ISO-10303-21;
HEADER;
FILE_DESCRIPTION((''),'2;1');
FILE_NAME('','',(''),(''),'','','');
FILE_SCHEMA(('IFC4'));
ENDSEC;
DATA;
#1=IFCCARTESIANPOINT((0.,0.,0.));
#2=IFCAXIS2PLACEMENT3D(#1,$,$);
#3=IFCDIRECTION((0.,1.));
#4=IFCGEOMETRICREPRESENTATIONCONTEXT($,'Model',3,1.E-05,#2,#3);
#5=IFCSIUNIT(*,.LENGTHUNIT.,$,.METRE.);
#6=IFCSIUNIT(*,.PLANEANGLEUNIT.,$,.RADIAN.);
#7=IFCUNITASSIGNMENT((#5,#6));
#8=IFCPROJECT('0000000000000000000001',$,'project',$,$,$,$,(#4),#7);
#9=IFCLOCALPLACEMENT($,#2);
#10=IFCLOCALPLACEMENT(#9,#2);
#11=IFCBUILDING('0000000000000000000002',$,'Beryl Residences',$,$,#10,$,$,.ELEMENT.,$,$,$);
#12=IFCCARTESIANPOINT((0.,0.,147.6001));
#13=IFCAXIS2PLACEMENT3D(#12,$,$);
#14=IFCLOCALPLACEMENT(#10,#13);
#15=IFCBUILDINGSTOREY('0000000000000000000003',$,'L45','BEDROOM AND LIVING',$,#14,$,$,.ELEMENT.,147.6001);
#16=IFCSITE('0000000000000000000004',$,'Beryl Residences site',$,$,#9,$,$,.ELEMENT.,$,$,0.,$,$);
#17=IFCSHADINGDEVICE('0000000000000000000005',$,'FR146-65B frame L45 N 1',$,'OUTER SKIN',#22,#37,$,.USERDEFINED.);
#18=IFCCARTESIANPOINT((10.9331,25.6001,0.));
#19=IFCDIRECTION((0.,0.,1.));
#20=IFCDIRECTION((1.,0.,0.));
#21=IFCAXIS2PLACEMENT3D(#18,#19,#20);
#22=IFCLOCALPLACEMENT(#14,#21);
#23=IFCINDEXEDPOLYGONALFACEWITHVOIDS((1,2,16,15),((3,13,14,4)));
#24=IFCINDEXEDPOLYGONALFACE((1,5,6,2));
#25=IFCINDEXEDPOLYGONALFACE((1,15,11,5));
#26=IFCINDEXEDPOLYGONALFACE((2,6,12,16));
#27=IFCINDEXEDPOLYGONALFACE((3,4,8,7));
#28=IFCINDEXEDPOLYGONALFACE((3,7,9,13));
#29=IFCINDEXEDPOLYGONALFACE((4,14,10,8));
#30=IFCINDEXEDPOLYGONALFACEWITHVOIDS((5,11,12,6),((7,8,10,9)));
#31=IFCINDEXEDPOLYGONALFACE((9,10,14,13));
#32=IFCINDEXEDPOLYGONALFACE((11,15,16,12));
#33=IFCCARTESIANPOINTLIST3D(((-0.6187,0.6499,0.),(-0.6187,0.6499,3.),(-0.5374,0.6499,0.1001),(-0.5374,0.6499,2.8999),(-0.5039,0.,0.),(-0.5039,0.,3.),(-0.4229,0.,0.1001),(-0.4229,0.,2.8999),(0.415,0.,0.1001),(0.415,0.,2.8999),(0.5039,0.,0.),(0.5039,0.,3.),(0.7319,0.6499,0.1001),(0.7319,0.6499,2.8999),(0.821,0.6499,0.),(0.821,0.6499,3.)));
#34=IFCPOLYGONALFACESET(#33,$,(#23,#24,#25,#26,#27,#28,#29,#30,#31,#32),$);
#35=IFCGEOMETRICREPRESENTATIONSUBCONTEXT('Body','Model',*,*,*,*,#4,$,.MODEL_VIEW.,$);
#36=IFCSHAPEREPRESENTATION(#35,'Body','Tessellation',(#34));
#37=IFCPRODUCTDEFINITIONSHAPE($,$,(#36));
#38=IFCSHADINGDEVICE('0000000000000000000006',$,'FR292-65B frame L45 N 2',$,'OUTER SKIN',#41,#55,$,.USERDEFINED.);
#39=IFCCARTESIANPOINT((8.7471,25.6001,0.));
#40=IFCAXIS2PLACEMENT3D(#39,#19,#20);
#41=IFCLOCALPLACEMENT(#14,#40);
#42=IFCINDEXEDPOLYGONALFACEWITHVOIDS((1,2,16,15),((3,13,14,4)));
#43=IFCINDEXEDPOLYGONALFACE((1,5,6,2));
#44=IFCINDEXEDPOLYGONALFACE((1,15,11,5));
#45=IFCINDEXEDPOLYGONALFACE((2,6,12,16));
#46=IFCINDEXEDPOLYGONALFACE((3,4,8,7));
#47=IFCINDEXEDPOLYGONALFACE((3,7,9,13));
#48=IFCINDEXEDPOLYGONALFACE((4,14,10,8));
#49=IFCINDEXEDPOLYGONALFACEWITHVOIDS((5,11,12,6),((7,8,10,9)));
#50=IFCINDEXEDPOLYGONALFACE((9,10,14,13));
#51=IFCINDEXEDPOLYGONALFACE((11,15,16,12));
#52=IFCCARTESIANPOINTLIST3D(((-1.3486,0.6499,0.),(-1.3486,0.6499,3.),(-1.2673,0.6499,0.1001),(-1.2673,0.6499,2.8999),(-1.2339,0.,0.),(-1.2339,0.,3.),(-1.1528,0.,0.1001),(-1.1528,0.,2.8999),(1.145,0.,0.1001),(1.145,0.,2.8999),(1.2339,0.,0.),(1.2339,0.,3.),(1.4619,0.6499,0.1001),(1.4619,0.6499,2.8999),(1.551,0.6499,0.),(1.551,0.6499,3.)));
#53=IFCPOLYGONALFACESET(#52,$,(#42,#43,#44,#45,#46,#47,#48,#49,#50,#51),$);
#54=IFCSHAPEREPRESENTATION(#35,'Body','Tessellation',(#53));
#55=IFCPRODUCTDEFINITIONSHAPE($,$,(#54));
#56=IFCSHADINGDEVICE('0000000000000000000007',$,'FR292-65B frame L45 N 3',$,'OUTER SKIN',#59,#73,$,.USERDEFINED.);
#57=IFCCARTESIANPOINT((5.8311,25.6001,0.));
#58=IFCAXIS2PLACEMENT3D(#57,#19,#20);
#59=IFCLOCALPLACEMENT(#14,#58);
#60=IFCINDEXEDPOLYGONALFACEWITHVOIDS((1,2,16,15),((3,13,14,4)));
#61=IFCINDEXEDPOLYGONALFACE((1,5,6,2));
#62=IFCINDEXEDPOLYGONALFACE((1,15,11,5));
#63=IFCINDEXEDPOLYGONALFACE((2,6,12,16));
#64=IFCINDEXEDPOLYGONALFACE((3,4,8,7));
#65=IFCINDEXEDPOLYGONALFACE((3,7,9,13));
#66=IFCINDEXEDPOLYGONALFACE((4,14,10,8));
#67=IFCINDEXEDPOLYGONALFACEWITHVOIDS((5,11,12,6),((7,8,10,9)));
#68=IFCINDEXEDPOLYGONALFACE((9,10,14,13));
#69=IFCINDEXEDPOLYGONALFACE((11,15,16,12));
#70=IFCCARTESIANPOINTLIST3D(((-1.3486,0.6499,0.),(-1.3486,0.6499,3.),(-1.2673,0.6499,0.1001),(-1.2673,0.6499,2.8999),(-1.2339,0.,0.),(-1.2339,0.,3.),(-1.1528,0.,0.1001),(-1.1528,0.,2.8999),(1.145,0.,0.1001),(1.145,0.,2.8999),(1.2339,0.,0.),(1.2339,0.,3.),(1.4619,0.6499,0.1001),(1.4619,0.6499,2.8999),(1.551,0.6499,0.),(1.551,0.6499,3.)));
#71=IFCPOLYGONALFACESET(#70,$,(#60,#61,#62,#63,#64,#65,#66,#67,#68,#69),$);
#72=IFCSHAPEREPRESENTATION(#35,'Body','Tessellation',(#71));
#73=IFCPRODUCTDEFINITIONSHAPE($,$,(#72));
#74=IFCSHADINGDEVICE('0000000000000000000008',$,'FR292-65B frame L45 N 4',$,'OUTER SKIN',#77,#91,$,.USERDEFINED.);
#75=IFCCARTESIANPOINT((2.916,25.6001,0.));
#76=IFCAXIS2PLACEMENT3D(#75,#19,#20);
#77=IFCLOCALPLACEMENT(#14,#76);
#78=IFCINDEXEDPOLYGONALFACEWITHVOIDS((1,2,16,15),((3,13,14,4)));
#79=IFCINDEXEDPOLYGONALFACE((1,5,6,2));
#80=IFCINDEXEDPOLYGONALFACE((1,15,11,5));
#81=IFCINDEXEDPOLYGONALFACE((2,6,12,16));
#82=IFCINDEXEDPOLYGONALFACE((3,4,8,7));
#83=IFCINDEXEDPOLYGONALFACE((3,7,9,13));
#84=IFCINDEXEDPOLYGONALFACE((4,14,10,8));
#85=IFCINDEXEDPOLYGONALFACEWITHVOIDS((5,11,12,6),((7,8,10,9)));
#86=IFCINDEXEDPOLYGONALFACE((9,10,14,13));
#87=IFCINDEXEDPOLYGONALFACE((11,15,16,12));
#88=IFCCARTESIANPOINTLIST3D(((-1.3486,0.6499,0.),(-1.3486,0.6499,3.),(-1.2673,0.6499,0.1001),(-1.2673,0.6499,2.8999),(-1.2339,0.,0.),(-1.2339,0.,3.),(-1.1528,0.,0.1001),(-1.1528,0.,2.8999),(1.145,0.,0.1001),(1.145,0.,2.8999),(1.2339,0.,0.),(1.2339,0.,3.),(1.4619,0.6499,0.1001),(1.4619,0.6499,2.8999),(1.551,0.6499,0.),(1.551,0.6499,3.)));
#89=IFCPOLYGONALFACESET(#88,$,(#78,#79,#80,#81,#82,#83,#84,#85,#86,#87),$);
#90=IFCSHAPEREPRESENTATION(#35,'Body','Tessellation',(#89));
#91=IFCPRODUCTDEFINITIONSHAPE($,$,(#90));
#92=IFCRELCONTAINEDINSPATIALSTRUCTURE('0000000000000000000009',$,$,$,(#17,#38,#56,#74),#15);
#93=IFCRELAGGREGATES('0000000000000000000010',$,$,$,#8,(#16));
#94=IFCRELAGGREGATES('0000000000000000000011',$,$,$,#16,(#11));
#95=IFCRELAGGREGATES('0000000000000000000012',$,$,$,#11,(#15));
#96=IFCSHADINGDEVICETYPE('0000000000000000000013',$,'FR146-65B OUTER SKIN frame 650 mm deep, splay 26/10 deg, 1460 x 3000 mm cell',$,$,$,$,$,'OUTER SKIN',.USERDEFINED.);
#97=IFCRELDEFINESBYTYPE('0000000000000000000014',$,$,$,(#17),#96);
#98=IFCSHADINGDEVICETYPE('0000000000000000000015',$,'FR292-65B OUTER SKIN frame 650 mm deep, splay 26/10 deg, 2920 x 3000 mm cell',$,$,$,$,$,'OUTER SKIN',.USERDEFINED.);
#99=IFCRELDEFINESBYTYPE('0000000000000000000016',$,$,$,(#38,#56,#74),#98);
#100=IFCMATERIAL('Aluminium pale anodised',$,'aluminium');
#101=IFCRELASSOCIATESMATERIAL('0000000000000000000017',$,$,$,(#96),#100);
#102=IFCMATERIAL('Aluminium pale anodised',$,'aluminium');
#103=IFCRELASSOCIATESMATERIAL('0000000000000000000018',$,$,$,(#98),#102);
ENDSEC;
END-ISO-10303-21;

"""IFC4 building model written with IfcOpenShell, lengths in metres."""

from ifc_helpers import new_model, entity, si_unit, direction, frame, origin, place, context, subcontext, project, spatial, source, transform, mapped, material, type_object, type_shapes, element, save


model = new_model("IFC4")

# Units and contexts
model_context = context("Model", 3, precision=1e-05, world=origin(), true_north=direction((0.0, 1.0)))
body_context = subcontext(model_context, "Body", "Model", "MODEL_VIEW")
ifc_project = project(units=[si_unit("LENGTHUNIT", "METRE"), si_unit("PLANEANGLEUNIT", "RADIAN")], contexts=[model_context])

# Site, building, storey
site_placement = place(None, origin())
site = spatial("IfcSite", under=ifc_project, at=site_placement, Name="Beryl Residences site", CompositionType="ELEMENT", RefElevation=0.0)
building_placement = place(site_placement, origin())
building = spatial("IfcBuilding", under=site, at=building_placement, Name="Beryl Residences", CompositionType="ELEMENT")
storey_placement = place(building_placement, frame((0.0, 0.0, 147.6001)))
storey = spatial("IfcBuildingStorey", under=building, at=storey_placement, Name="L45", Description="BEDROOM AND LIVING", CompositionType="ELEMENT", Elevation=147.6001)

# Shading devices
ifc_material_1 = material(Name="Aluminium pale anodised", Category="aluminium")
shading_device_type_1 = type_object("IfcShadingDeviceType", Name="FR146-65B OUTER SKIN frame 650 mm deep, splay 26/10 deg, 1460 x 3000 mm cell", ElementType="OUTER SKIN", PredefinedType="USERDEFINED", material=ifc_material_1)
cartesian_point_1 = entity("IfcCartesianPoint", [-0.5039, 0.0])
cartesian_point_2 = entity("IfcCartesianPoint", [-0.415, 0.1001])
cartesian_point_3 = entity("IfcCartesianPoint", [-0.821, 0.0])
cartesian_point_4 = entity("IfcCartesianPoint", [-0.7319, 0.1001])
shared_shape_1 = source(origin(), body_context, "Body", "SweptSolid", [
    entity("IfcExtrudedAreaSolidTapered", entity("IfcArbitraryProfileDefWithVoids", "AREA", None, entity("IfcPolyline", [cartesian_point_1, entity("IfcCartesianPoint", [0.5039, 0.0]), entity("IfcCartesianPoint", [0.5039, 3.0]), entity("IfcCartesianPoint", [-0.5039, 3.0]), cartesian_point_1]), [entity("IfcPolyline", [cartesian_point_2, entity("IfcCartesianPoint", [0.4229, 0.1001]), entity("IfcCartesianPoint", [0.4229, 2.8999]), entity("IfcCartesianPoint", [-0.415, 2.8999]), cartesian_point_2])]), entity("IfcAxis2Placement3D", entity("IfcCartesianPoint", [0.0, 0.0, 0.0]), entity("IfcDirection", [0.0, 1.0, 0.0]), entity("IfcDirection", [-1.0, 0.0, 0.0])), entity("IfcDirection", [0.0, 0.0, 1.0]), 0.6499, entity("IfcArbitraryProfileDefWithVoids", "AREA", None, entity("IfcPolyline", [cartesian_point_3, entity("IfcCartesianPoint", [0.6187, 0.0]), entity("IfcCartesianPoint", [0.6187, 3.0]), entity("IfcCartesianPoint", [-0.821, 3.0]), cartesian_point_3]), [entity("IfcPolyline", [cartesian_point_4, entity("IfcCartesianPoint", [0.5374, 0.1001]), entity("IfcCartesianPoint", [0.5374, 2.8999]), entity("IfcCartesianPoint", [-0.7319, 2.8999]), cartesian_point_4])])),
])
type_shapes(shading_device_type_1, [shared_shape_1])
shading_device_placement = place(storey_placement, frame((10.9331, 25.6001, 0.0), z_axis=(0.0, 0.0, 1.0), x_axis=(1.0, 0.0, 0.0)))
element("IfcShadingDevice", 1, at=shading_device_placement, inside=storey, type_object=shading_device_type_1, Name="FR146-65B frame L45 N 1", ObjectType="OUTER SKIN", PredefinedType="USERDEFINED", context=body_context, shape_type="MappedRepresentation", body=[
    mapped(shared_shape_1, transform((0.0, 0.0, 0.0))),
])
ifc_material_2 = material(Name="Aluminium pale anodised", Category="aluminium")
shading_device_type_2 = type_object("IfcShadingDeviceType", Name="FR292-65B OUTER SKIN frame 650 mm deep, splay 26/10 deg, 2920 x 3000 mm cell", ElementType="OUTER SKIN", PredefinedType="USERDEFINED", material=ifc_material_2)
cartesian_point_5 = entity("IfcCartesianPoint", [-1.2339, 0.0])
cartesian_point_6 = entity("IfcCartesianPoint", [-1.145, 0.1001])
cartesian_point_7 = entity("IfcCartesianPoint", [-1.551, 0.0])
cartesian_point_8 = entity("IfcCartesianPoint", [-1.4619, 0.1001])
shared_shape_2 = source(origin(), body_context, "Body", "SweptSolid", [
    entity("IfcExtrudedAreaSolidTapered", entity("IfcArbitraryProfileDefWithVoids", "AREA", None, entity("IfcPolyline", [cartesian_point_5, entity("IfcCartesianPoint", [1.2339, 0.0]), entity("IfcCartesianPoint", [1.2339, 3.0]), entity("IfcCartesianPoint", [-1.2339, 3.0]), cartesian_point_5]), [entity("IfcPolyline", [cartesian_point_6, entity("IfcCartesianPoint", [1.1528, 0.1001]), entity("IfcCartesianPoint", [1.1528, 2.8999]), entity("IfcCartesianPoint", [-1.145, 2.8999]), cartesian_point_6])]), entity("IfcAxis2Placement3D", entity("IfcCartesianPoint", [0.0, 0.0, 0.0]), entity("IfcDirection", [0.0, 1.0, 0.0]), entity("IfcDirection", [-1.0, 0.0, 0.0])), entity("IfcDirection", [0.0, 0.0, 1.0]), 0.6499, entity("IfcArbitraryProfileDefWithVoids", "AREA", None, entity("IfcPolyline", [cartesian_point_7, entity("IfcCartesianPoint", [1.3486, 0.0]), entity("IfcCartesianPoint", [1.3486, 3.0]), entity("IfcCartesianPoint", [-1.551, 3.0]), cartesian_point_7]), [entity("IfcPolyline", [cartesian_point_8, entity("IfcCartesianPoint", [1.2673, 0.1001]), entity("IfcCartesianPoint", [1.2673, 2.8999]), entity("IfcCartesianPoint", [-1.4619, 2.8999]), cartesian_point_8])])),
])
type_shapes(shading_device_type_2, [shared_shape_2])
for number, where, z_axis, x_axis, name in (
    (2, (8.7471, 25.6001, 0.0), (0.0, 0.0, 1.0), (1.0, 0.0, 0.0), "FR292-65B frame L45 N 2"),
    (3, (5.8311, 25.6001, 0.0), (0.0, 0.0, 1.0), (1.0, 0.0, 0.0), "FR292-65B frame L45 N 3"),
    (4, (2.916, 25.6001, 0.0), (0.0, 0.0, 1.0), (1.0, 0.0, 0.0), "FR292-65B frame L45 N 4"),
):
    element("IfcShadingDevice", number, at=place(storey_placement, frame(where, z_axis=z_axis, x_axis=x_axis)), inside=storey, type_object=shading_device_type_2, Name=name, ObjectType="OUTER SKIN", PredefinedType="USERDEFINED", context=body_context, shape_type="MappedRepresentation", body=[
        mapped(shared_shape_2, transform((0.0, 0.0, 0.0))),
    ])

save(model, "model.ifc")
